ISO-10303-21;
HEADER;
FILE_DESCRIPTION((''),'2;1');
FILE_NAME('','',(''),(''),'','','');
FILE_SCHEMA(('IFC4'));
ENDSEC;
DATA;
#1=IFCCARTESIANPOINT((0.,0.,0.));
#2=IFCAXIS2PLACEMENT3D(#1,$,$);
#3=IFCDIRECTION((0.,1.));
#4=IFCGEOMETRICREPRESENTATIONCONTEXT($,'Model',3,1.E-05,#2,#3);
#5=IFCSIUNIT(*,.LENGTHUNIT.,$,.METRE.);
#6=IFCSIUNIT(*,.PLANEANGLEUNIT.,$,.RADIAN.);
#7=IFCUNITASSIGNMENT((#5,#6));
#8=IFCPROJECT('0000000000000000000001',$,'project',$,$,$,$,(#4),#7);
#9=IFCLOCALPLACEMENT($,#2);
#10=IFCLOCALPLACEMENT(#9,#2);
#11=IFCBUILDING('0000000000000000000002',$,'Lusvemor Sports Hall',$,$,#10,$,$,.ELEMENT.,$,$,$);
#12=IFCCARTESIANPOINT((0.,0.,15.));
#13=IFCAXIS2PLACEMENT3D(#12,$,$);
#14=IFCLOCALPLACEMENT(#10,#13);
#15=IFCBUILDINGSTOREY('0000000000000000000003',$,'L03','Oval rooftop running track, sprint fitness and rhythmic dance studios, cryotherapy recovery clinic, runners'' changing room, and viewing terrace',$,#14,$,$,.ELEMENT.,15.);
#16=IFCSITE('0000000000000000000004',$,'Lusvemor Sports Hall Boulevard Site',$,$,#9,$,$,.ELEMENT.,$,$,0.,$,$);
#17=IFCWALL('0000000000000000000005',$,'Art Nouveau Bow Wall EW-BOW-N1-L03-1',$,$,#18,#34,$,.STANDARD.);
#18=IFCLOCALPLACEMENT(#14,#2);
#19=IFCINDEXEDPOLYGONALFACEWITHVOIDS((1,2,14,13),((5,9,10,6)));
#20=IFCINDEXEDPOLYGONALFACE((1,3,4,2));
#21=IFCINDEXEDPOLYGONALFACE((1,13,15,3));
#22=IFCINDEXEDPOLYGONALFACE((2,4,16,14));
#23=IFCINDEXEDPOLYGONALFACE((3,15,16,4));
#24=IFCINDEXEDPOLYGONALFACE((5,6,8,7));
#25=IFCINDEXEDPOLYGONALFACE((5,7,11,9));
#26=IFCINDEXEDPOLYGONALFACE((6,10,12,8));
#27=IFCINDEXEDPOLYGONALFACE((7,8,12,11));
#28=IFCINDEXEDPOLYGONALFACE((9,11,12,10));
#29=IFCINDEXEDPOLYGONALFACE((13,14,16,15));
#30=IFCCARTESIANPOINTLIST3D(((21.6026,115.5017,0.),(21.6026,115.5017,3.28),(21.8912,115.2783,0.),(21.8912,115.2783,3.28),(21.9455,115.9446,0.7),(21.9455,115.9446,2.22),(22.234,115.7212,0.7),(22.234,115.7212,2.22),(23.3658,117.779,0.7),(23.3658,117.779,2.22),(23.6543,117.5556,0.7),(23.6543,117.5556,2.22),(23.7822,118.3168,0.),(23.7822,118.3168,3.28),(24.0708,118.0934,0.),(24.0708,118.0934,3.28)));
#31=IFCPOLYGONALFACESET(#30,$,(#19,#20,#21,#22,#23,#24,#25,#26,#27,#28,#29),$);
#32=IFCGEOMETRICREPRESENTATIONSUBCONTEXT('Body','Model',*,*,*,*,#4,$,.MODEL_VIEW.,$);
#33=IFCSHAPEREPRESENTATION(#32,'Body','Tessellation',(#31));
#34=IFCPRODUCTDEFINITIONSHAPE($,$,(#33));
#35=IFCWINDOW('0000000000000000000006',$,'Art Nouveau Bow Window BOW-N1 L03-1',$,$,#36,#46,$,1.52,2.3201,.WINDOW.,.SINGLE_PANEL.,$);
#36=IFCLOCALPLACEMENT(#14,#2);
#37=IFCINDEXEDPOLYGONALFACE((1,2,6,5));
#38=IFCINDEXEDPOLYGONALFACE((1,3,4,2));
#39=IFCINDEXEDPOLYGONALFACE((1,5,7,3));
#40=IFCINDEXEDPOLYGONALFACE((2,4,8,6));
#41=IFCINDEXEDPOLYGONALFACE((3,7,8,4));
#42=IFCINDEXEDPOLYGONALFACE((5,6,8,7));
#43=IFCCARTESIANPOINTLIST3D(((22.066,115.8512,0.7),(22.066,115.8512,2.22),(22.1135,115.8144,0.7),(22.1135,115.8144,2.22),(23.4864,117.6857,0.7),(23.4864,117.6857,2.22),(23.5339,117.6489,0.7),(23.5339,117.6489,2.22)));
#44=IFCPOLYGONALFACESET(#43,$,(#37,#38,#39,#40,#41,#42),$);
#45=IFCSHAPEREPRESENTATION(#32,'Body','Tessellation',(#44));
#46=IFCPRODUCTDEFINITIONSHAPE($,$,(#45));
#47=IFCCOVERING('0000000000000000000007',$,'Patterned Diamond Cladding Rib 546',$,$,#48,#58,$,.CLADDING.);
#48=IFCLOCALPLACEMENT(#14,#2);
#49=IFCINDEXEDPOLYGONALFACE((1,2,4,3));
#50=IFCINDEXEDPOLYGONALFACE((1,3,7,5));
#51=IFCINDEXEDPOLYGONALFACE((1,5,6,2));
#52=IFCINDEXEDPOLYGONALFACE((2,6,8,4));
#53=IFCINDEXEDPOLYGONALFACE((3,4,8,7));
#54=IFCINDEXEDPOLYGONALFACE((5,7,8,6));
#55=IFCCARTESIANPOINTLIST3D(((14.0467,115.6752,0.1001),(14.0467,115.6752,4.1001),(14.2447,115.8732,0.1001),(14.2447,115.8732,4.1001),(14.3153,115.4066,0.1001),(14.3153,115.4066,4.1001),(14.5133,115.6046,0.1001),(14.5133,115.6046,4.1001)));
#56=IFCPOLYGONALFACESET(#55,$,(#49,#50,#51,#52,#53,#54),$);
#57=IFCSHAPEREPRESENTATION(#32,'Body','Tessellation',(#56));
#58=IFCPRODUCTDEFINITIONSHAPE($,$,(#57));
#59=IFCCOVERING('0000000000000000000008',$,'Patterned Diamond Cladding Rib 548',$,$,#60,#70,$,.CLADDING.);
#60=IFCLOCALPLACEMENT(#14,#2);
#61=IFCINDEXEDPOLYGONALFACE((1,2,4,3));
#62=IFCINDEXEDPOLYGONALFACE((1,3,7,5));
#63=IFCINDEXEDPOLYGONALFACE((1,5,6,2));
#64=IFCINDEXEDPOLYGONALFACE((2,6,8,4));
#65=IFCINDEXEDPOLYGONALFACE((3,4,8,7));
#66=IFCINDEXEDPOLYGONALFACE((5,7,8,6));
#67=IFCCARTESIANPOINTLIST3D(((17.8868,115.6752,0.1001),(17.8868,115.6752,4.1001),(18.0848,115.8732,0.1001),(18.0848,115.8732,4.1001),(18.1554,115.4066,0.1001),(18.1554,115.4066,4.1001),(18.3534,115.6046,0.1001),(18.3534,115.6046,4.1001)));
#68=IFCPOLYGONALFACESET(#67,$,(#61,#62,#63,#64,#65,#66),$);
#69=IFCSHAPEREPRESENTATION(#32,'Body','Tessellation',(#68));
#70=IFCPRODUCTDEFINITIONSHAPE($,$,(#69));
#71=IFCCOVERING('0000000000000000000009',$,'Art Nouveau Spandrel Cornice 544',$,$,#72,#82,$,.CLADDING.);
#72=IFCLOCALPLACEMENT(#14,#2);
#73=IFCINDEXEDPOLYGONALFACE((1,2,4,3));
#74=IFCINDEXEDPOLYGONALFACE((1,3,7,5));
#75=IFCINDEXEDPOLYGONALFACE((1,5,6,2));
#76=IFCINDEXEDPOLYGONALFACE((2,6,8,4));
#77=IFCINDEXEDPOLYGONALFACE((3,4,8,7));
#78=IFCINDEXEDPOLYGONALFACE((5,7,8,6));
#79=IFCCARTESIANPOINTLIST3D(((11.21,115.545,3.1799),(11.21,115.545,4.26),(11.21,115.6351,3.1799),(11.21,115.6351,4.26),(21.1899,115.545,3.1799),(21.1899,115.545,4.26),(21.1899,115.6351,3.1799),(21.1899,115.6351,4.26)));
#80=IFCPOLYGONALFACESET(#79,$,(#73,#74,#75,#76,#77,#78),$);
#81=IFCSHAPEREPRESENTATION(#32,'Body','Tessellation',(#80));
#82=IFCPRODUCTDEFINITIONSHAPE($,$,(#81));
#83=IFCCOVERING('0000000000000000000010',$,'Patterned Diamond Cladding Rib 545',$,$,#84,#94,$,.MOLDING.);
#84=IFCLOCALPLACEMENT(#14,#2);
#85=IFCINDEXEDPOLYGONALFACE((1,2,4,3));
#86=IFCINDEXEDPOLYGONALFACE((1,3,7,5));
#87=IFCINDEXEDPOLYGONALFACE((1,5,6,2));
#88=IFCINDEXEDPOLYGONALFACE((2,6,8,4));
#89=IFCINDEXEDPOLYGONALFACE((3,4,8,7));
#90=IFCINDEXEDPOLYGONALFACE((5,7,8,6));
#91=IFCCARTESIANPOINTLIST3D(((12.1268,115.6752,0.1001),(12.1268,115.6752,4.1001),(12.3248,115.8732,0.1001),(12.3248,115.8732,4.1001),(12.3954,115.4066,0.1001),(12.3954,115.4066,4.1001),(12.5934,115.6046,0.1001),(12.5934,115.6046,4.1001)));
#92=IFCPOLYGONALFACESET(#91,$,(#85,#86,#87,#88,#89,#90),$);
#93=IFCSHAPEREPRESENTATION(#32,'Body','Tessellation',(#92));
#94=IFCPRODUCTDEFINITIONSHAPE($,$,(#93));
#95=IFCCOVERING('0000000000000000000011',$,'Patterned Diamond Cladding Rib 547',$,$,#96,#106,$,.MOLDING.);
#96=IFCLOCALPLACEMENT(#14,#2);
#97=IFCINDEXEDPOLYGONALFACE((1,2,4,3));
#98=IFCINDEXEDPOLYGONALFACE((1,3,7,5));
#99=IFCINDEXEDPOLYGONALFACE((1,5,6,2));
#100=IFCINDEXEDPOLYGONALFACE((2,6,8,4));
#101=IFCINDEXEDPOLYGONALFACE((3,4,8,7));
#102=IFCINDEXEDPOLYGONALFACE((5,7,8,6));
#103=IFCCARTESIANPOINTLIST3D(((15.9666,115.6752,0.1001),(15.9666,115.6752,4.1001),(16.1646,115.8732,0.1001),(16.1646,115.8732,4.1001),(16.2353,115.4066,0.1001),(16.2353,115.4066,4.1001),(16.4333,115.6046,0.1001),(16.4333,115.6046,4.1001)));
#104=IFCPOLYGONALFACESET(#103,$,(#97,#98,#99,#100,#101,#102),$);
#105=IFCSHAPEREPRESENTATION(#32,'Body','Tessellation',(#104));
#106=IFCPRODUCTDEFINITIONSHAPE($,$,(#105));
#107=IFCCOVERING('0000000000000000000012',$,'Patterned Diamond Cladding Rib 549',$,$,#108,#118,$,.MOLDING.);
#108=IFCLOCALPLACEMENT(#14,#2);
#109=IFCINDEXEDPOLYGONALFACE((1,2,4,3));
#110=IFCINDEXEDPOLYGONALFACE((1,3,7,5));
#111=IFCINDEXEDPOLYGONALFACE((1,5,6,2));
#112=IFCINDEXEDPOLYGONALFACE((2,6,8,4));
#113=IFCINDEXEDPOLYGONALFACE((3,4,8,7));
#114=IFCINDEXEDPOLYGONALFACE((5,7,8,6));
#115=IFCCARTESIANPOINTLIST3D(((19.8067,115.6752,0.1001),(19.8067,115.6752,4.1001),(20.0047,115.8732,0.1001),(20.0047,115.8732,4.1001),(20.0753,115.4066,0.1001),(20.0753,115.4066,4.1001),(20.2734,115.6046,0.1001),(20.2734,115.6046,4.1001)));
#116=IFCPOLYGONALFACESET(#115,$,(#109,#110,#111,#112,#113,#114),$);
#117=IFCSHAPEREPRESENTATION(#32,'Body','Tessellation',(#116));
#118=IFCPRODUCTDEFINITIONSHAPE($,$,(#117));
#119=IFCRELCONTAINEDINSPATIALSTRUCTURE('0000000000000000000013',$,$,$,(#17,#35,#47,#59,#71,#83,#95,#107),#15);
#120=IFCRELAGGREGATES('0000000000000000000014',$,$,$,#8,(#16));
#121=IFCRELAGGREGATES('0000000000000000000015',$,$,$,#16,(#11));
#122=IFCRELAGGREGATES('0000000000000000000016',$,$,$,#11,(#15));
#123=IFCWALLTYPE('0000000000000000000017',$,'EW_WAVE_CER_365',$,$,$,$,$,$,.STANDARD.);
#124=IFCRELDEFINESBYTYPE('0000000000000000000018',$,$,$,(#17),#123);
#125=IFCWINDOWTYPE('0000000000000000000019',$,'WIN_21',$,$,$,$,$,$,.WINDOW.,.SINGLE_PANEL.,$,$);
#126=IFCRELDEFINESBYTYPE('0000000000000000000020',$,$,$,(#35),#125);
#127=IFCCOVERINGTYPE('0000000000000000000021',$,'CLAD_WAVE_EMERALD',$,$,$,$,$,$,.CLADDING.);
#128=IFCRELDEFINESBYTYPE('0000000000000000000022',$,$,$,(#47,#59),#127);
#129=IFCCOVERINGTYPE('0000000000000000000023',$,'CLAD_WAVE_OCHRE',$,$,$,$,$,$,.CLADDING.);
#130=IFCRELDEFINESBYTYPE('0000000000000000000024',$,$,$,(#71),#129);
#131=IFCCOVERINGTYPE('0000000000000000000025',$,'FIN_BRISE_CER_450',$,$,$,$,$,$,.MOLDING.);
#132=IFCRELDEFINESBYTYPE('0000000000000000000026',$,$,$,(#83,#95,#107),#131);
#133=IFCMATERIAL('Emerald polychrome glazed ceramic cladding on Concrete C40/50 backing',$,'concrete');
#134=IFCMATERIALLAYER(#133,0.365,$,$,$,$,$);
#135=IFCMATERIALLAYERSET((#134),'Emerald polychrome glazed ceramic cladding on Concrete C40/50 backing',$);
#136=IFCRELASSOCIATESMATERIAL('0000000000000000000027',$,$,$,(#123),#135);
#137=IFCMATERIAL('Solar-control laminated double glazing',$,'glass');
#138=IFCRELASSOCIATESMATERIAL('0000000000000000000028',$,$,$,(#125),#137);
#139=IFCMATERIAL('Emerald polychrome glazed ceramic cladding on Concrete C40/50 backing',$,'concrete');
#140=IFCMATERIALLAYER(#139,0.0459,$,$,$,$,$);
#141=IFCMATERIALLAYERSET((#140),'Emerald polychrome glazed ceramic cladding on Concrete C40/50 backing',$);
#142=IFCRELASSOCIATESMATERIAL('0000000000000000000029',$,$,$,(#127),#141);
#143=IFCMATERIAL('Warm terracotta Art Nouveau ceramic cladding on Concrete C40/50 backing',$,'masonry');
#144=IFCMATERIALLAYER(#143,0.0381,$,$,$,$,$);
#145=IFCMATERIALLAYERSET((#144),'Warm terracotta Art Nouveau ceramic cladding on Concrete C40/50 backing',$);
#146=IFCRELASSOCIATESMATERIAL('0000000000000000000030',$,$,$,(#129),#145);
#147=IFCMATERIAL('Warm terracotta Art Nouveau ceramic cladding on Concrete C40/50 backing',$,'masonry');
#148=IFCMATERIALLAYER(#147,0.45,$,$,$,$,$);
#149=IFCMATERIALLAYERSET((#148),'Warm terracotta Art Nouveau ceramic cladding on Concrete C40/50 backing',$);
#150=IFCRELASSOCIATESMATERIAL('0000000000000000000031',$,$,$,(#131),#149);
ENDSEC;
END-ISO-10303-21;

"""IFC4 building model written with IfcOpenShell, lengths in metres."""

from ifc_helpers import new_model, si_unit, direction, frame, frame_2d, origin, origin_2d, place, context, subcontext, project, spatial, rectangle, extrude, material, layer, layer_set, type_object, element, fill, save


model = new_model("IFC4")

# Units and contexts
model_context = context("Model", 3, precision=1e-05, world=origin(), true_north=direction((0.0, 1.0)))
body_context = subcontext(model_context, "Body", "Model", "MODEL_VIEW")
ifc_project = project(units=[si_unit("LENGTHUNIT", "METRE"), si_unit("PLANEANGLEUNIT", "RADIAN")], contexts=[model_context])

# Site, building, storey
site_placement = place(None, origin())
site = spatial("IfcSite", under=ifc_project, at=site_placement, Name="Lusvemor Sports Hall Boulevard Site", CompositionType="ELEMENT", RefElevation=0.0)
building_placement = place(site_placement, origin())
building = spatial("IfcBuilding", under=site, at=building_placement, Name="Lusvemor Sports Hall", CompositionType="ELEMENT")
storey_placement = place(building_placement, frame((0.0, 0.0, 15.0)))
storey = spatial("IfcBuildingStorey", under=building, at=storey_placement, Name="L03", Description="Oval rooftop running track, sprint fitness and rhythmic dance studios, cryotherapy recovery clinic, runners' changing room, and viewing terrace", CompositionType="ELEMENT", Elevation=15.0)

# Wall, opening, window
ifc_material_1 = material(Name="Emerald polychrome glazed ceramic cladding on Concrete C40/50 backing", Category="concrete")
ifc_layer_1 = layer(ifc_material_1, 0.365)
ifc_layer_set_1 = layer_set([ifc_layer_1], Name="Emerald polychrome glazed ceramic cladding on Concrete C40/50 backing")
wall_type = type_object("IfcWallType", Name="EW_WAVE_CER_365", PredefinedType="STANDARD", material=ifc_layer_set_1)
wall_placement = place(storey_placement, frame((21.7468, 115.3899, 0.0), z_axis=(0.0, 0.0, 1.0), x_axis=(0.612206, 0.790698, 0.0)))
wall = element("IfcWall", 1, at=wall_placement, inside=storey, type_object=wall_type, Name="Art Nouveau Bow Wall EW-BOW-N1-L03-1", PredefinedType="STANDARD", context=body_context, shape_type="SweptSolid", body=[
    extrude(rectangle(XDim=3.5603, YDim=0.365, at=frame_2d((1.7803, 0.0))), origin(), (0.0, 0.0, 1.0), 3.28),
])
opening_placement = place(wall_placement, frame((0.5601, 0.0, 0.7)))
opening = element("IfcOpeningElement", 2, at=opening_placement, cuts=wall, PredefinedType="OPENING", context=body_context, shape_type="SweptSolid", body=[
    extrude(rectangle(XDim=2.3201, YDim=1.52, at=frame_2d((1.1602, 0.76))), frame((0.0, 0.1826, 0.0), z_axis=(0.0, -1.0, 0.0), x_axis=(1.0, 0.0, 0.0)), (0.0, 0.0, 1.0), 0.365),
])
ifc_material_2 = material(Name="Solar-control laminated double glazing", Category="glass")
window_type = type_object("IfcWindowType", Name="WIN_21", PartitioningType="SINGLE_PANEL", PredefinedType="WINDOW", material=ifc_material_2)
window_placement = place(opening_placement, origin())
window = element("IfcWindow", 3, at=window_placement, inside=storey, type_object=window_type, Name="Art Nouveau Bow Window BOW-N1 L03-1", OverallHeight=1.52, OverallWidth=2.3201, PartitioningType="SINGLE_PANEL", PredefinedType="WINDOW", context=body_context, shape_type="SweptSolid", body=[
    extrude(rectangle(XDim=2.3201, YDim=1.52, at=frame_2d((1.1602, 0.76))), frame((0.0, 0.03, 0.0), z_axis=(0.0, -1.0, 0.0), x_axis=(1.0, 0.0, 0.0)), (0.0, 0.0, 1.0), 0.0601),
])
fill(opening, window)

# Coverings
ifc_material_3 = material(Name="Emerald polychrome glazed ceramic cladding on Concrete C40/50 backing", Category="concrete")
ifc_layer_2 = layer(ifc_material_3, 0.0459)
ifc_layer_set_2 = layer_set([ifc_layer_2], Name="Emerald polychrome glazed ceramic cladding on Concrete C40/50 backing")
covering_type_1 = type_object("IfcCoveringType", Name="CLAD_WAVE_EMERALD", PredefinedType="CLADDING", material=ifc_layer_set_2)
for number, where, z_axis, x_axis, name in (
    (4, (14.28, 115.6399, 0.1001), (0.0, 0.0, 1.0), (0.707107, 0.707107, 0.0), "Patterned Diamond Cladding Rib 546"),
    (5, (18.1201, 115.6399, 0.1001), (0.0, 0.0, 1.0), (0.707107, 0.707107, 0.0), "Patterned Diamond Cladding Rib 548"),
):
    element("IfcCovering", number, at=place(storey_placement, frame(where, z_axis=z_axis, x_axis=x_axis)), inside=storey, type_object=covering_type_1, Name=name, PredefinedType="CLADDING", context=body_context, shape_type="SweptSolid", body=[
        extrude(rectangle(XDim=0.28, YDim=0.3799, at=origin_2d()), origin(), (0.0, 0.0, 1.0), 4.0),
    ])
ifc_material_4 = material(Name="Warm terracotta Art Nouveau ceramic cladding on Concrete C40/50 backing", Category="masonry")
ifc_layer_3 = layer(ifc_material_4, 0.0381)
ifc_layer_set_3 = layer_set([ifc_layer_3], Name="Warm terracotta Art Nouveau ceramic cladding on Concrete C40/50 backing")
covering_type_2 = type_object("IfcCoveringType", Name="CLAD_WAVE_OCHRE", PredefinedType="CLADDING", material=ifc_layer_set_3)
covering_placement = place(storey_placement, frame((16.2, 115.5901, 3.1799), z_axis=(0.0, 0.0, 1.0), x_axis=(1.0, 0.0, 0.0)))
element("IfcCovering", 6, at=covering_placement, inside=storey, type_object=covering_type_2, Name="Art Nouveau Spandrel Cornice 544", PredefinedType="CLADDING", context=body_context, shape_type="SweptSolid", body=[
    extrude(rectangle(XDim=9.98, YDim=0.0901, at=origin_2d()), origin(), (0.0, 0.0, 1.0), 1.0801),
])
ifc_material_5 = material(Name="Warm terracotta Art Nouveau ceramic cladding on Concrete C40/50 backing", Category="masonry")
ifc_layer_4 = layer(ifc_material_5, 0.45)
ifc_layer_set_4 = layer_set([ifc_layer_4], Name="Warm terracotta Art Nouveau ceramic cladding on Concrete C40/50 backing")
covering_type_3 = type_object("IfcCoveringType", Name="FIN_BRISE_CER_450", PredefinedType="MOLDING", material=ifc_layer_set_4)
for number, where, z_axis, x_axis, name in (
    (7, (12.3601, 115.6399, 0.1001), (0.0, 0.0, 1.0), (0.707107, 0.707107, 0.0), "Patterned Diamond Cladding Rib 545"),
    (8, (16.2, 115.6399, 0.1001), (0.0, 0.0, 1.0), (0.707107, 0.707107, 0.0), "Patterned Diamond Cladding Rib 547"),
    (9, (20.04, 115.6399, 0.1001), (0.0, 0.0, 1.0), (0.707107, 0.707107, 0.0), "Patterned Diamond Cladding Rib 549"),
):
    element("IfcCovering", number, at=place(storey_placement, frame(where, z_axis=z_axis, x_axis=x_axis)), inside=storey, type_object=covering_type_3, Name=name, PredefinedType="MOLDING", context=body_context, shape_type="SweptSolid", body=[
        extrude(rectangle(XDim=0.28, YDim=0.3799, at=origin_2d()), origin(), (0.0, 0.0, 1.0), 4.0),
    ])

save(model, "model.ifc")
